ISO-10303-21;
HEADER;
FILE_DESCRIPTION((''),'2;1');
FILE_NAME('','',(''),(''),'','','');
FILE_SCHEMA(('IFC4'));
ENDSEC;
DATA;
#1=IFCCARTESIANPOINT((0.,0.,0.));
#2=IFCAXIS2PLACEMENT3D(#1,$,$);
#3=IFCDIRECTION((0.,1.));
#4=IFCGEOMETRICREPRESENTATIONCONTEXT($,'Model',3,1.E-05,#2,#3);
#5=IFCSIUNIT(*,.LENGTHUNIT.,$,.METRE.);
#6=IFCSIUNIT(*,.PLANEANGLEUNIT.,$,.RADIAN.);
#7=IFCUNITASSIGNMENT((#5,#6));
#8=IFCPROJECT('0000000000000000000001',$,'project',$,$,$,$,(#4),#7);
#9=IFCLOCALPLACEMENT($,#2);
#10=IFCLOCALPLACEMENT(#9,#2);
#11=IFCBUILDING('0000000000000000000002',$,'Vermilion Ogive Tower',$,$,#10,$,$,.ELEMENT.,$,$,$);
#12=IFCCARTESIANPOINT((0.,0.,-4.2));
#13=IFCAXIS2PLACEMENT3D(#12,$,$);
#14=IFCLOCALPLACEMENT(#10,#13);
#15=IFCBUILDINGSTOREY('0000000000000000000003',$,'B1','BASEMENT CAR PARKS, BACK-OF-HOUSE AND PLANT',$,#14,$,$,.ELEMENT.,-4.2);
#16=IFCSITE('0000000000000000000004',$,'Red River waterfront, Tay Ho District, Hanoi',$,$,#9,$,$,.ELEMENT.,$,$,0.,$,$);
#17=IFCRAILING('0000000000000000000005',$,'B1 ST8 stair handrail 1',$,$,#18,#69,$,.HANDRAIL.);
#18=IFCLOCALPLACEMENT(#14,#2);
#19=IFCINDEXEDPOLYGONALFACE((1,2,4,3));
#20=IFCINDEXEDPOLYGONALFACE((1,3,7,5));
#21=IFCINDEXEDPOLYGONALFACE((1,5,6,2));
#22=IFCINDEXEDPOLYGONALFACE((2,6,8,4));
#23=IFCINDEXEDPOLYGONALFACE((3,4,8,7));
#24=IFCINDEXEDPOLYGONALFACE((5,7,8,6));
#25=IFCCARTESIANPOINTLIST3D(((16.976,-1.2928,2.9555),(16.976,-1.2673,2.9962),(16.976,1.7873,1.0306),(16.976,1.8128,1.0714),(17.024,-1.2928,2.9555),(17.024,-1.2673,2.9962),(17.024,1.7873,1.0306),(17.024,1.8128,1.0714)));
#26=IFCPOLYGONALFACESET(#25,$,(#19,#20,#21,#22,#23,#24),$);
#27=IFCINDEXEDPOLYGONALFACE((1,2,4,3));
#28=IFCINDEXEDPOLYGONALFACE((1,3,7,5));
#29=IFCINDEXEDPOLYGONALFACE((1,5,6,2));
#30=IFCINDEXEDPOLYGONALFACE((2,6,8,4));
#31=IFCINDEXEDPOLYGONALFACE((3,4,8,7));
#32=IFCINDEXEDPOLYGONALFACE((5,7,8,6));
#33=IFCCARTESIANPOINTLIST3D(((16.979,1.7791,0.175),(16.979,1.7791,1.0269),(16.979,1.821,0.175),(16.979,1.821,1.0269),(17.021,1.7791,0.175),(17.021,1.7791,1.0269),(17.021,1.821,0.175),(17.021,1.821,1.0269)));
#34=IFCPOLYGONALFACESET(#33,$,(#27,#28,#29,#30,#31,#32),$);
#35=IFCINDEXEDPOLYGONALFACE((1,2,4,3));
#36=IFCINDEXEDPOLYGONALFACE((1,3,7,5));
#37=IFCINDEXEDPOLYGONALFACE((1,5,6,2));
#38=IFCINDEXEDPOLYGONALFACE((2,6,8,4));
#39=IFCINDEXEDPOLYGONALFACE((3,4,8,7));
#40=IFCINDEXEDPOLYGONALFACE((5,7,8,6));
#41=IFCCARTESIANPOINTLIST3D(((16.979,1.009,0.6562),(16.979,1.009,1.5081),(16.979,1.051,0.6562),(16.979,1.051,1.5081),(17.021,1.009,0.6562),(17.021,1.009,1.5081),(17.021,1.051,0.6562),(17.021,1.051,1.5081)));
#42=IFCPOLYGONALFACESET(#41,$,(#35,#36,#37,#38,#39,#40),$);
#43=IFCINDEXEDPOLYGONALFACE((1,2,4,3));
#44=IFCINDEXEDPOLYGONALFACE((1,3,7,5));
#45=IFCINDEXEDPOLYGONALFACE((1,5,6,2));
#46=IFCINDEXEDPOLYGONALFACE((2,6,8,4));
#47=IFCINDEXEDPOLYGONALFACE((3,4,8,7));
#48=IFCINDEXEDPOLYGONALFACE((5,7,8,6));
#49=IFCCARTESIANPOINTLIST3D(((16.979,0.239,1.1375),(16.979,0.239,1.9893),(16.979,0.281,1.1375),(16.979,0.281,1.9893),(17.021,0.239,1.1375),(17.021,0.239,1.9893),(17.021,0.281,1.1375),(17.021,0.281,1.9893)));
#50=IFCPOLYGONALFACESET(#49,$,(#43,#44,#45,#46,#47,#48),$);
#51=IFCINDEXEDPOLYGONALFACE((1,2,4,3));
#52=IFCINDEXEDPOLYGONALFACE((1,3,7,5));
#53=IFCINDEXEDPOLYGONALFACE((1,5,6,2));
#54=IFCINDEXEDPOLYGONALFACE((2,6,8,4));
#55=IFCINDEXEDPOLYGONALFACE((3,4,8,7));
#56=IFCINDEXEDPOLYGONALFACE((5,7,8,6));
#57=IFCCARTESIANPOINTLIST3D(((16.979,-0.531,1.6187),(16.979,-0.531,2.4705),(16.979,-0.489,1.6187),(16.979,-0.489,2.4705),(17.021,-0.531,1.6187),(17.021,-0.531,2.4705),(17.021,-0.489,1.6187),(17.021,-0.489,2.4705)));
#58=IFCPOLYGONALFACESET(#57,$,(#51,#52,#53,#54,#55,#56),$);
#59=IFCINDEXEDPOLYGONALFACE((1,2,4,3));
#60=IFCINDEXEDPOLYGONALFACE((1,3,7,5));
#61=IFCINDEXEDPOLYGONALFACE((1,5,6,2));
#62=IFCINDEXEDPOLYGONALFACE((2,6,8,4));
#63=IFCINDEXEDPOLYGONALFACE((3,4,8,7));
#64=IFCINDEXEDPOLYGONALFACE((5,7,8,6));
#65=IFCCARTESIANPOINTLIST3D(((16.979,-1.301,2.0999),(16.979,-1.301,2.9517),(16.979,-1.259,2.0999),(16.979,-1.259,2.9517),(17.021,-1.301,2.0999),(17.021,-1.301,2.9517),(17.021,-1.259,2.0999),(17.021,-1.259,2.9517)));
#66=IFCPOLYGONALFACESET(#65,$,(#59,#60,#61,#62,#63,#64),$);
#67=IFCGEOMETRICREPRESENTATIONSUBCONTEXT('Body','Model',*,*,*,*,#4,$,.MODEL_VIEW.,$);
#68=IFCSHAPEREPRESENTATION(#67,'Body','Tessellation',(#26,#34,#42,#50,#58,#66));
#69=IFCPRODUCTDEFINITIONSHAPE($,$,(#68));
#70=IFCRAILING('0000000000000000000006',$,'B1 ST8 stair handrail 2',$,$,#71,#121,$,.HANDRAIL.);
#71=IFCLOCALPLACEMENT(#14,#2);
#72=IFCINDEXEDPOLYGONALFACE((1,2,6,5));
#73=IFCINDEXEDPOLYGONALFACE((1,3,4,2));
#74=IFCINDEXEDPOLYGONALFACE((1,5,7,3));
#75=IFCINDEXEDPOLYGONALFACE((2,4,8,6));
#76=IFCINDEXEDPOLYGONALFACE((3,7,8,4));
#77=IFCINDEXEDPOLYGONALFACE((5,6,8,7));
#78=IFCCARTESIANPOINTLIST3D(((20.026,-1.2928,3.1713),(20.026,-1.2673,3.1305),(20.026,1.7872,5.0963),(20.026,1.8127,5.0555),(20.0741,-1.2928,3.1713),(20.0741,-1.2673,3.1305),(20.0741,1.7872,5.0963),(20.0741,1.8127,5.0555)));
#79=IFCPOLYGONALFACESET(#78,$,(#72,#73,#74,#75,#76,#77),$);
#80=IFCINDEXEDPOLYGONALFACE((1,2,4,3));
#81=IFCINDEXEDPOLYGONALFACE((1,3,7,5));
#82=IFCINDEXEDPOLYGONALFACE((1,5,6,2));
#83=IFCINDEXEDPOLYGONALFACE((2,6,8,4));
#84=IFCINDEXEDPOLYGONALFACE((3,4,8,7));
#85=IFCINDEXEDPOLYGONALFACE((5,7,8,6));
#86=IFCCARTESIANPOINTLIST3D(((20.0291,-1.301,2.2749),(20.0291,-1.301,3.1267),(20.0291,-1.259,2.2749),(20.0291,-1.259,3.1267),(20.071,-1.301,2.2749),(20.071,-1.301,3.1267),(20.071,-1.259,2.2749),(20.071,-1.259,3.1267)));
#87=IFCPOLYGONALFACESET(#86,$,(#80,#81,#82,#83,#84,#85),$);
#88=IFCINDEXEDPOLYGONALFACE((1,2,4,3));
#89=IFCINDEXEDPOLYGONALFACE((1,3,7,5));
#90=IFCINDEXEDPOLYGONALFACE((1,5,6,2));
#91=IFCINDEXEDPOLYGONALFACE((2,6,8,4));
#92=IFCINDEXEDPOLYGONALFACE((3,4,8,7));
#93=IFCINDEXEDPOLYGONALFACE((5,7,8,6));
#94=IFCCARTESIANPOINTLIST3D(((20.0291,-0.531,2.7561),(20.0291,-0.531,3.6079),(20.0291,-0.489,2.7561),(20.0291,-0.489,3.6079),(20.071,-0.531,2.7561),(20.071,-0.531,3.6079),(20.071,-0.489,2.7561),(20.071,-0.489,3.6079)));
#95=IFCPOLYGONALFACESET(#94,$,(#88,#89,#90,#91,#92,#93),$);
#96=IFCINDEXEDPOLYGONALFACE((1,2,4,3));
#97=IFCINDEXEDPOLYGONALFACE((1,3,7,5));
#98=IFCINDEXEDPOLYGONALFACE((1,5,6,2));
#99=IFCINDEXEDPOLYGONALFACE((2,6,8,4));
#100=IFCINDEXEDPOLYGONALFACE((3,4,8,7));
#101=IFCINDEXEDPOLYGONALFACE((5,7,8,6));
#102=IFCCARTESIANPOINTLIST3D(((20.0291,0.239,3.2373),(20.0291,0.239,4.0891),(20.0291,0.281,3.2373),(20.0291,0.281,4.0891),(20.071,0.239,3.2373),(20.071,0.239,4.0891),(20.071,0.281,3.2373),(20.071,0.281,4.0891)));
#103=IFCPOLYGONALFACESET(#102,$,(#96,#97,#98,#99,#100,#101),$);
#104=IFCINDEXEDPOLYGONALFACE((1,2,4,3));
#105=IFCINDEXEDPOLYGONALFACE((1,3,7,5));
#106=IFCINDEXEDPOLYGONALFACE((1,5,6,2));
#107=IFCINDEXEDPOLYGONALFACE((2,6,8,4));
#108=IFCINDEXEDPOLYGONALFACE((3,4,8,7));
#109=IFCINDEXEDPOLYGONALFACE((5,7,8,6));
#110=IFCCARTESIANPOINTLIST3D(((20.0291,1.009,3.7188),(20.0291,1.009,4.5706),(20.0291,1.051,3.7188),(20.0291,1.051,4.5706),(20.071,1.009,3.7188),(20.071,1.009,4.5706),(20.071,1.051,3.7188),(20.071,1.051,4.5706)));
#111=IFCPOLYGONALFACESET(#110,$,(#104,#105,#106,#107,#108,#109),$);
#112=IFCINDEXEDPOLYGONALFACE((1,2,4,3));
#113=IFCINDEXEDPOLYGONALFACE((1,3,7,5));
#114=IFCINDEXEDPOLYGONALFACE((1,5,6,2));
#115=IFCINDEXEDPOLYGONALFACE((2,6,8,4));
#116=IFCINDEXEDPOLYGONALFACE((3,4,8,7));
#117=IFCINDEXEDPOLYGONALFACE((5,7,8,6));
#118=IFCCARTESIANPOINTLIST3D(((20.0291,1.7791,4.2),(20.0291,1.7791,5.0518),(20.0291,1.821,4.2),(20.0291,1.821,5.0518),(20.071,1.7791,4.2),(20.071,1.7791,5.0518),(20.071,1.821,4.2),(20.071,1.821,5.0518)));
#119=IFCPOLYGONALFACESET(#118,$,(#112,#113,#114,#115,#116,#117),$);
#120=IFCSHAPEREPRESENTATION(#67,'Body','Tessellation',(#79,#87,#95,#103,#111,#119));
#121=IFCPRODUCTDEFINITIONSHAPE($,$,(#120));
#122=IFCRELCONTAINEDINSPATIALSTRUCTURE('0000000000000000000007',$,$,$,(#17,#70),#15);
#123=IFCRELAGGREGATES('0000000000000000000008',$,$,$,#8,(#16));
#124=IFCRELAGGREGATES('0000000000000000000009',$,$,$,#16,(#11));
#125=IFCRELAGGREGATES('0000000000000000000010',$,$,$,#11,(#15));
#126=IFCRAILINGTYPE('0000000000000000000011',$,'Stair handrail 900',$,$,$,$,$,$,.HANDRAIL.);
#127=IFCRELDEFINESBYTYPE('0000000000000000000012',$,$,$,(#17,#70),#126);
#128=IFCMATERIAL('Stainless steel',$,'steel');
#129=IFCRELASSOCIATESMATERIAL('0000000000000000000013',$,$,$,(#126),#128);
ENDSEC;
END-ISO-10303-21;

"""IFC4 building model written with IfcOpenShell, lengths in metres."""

from ifc_helpers import new_model, si_unit, direction, frame, origin, origin_2d, place, context, subcontext, project, spatial, rectangle, extrude, material, type_object, element, save


model = new_model("IFC4")

# Units and contexts
model_context = context("Model", 3, precision=1e-05, world=origin(), true_north=direction((0.0, 1.0)))
body_context = subcontext(model_context, "Body", "Model", "MODEL_VIEW")
ifc_project = project(units=[si_unit("LENGTHUNIT", "METRE"), si_unit("PLANEANGLEUNIT", "RADIAN")], contexts=[model_context])

# Site, building, storey
site_placement = place(None, origin())
site = spatial("IfcSite", under=ifc_project, at=site_placement, Name="Red River waterfront, Tay Ho District, Hanoi", CompositionType="ELEMENT", RefElevation=0.0)
building_placement = place(site_placement, origin())
building = spatial("IfcBuilding", under=site, at=building_placement, Name="Vermilion Ogive Tower", CompositionType="ELEMENT")
storey_placement = place(building_placement, frame((0.0, 0.0, -4.2)))
storey = spatial("IfcBuildingStorey", under=building, at=storey_placement, Name="B1", Description="BASEMENT CAR PARKS, BACK-OF-HOUSE AND PLANT", CompositionType="ELEMENT", Elevation=-4.2)

# Railings
ifc_material_1 = material(Name="Stainless steel", Category="steel")
railing_type_1 = type_object("IfcRailingType", Name="Stair handrail 900", PredefinedType="HANDRAIL", material=ifc_material_1)
railing_1_placement = place(storey_placement, frame((17.0, 1.8, 0.175)))
element("IfcRailing", 1, at=railing_1_placement, inside=storey, type_object=railing_type_1, Name="B1 ST8 stair handrail 1", PredefinedType="HANDRAIL", context=body_context, shape_type="SweptSolid", body=[
    extrude(rectangle(XDim=0.0481, YDim=0.0481, at=origin_2d()), frame((0.0, 0.0, 0.876), z_axis=(0.0, -0.848029, 0.529951), x_axis=(1.0, 0.0, 0.0)), (0.0, 0.0, 1.0), 3.6321),
    extrude(rectangle(XDim=0.042, YDim=0.042, at=origin_2d()), origin(), (0.0, 0.0, 1.0), 0.8518),
    extrude(rectangle(XDim=0.042, YDim=0.042, at=origin_2d()), frame((0.0, -0.77, 0.4812)), (0.0, 0.0, 1.0), 0.8518),
    extrude(rectangle(XDim=0.042, YDim=0.042, at=origin_2d()), frame((0.0, -1.54, 0.9624)), (0.0, 0.0, 1.0), 0.8518),
    extrude(rectangle(XDim=0.042, YDim=0.042, at=origin_2d()), frame((0.0, -2.3101, 1.4436)), (0.0, 0.0, 1.0), 0.8518),
    extrude(rectangle(XDim=0.042, YDim=0.042, at=origin_2d()), frame((0.0, -3.0801, 1.9248)), (0.0, 0.0, 1.0), 0.8518),
])
railing_2_placement = place(storey_placement, frame((20.05, -1.28, 2.2749)))
element("IfcRailing", 2, at=railing_2_placement, inside=storey, type_object=railing_type_1, Name="B1 ST8 stair handrail 2", PredefinedType="HANDRAIL", context=body_context, shape_type="SweptSolid", body=[
    extrude(rectangle(XDim=0.0481, YDim=0.0481, at=origin_2d()), frame((0.0, 0.0, 0.876), z_axis=(0.0, 0.847998, 0.529999), x_axis=(-1.0, 0.0, 0.0)), (0.0, 0.0, 1.0), 3.6321),
    extrude(rectangle(XDim=0.042, YDim=0.042, at=origin_2d()), origin(), (0.0, 0.0, 1.0), 0.8518),
    extrude(rectangle(XDim=0.042, YDim=0.042, at=origin_2d()), frame((0.0, 0.77, 0.4812)), (0.0, 0.0, 1.0), 0.8518),
    extrude(rectangle(XDim=0.042, YDim=0.042, at=origin_2d()), frame((0.0, 1.54, 0.9624)), (0.0, 0.0, 1.0), 0.8518),
    extrude(rectangle(XDim=0.042, YDim=0.042, at=origin_2d()), frame((0.0, 2.3101, 1.4438)), (0.0, 0.0, 1.0), 0.8518),
    extrude(rectangle(XDim=0.042, YDim=0.042, at=origin_2d()), frame((0.0, 3.0801, 1.925)), (0.0, 0.0, 1.0), 0.8518),
])

save(model, "model.ifc")
